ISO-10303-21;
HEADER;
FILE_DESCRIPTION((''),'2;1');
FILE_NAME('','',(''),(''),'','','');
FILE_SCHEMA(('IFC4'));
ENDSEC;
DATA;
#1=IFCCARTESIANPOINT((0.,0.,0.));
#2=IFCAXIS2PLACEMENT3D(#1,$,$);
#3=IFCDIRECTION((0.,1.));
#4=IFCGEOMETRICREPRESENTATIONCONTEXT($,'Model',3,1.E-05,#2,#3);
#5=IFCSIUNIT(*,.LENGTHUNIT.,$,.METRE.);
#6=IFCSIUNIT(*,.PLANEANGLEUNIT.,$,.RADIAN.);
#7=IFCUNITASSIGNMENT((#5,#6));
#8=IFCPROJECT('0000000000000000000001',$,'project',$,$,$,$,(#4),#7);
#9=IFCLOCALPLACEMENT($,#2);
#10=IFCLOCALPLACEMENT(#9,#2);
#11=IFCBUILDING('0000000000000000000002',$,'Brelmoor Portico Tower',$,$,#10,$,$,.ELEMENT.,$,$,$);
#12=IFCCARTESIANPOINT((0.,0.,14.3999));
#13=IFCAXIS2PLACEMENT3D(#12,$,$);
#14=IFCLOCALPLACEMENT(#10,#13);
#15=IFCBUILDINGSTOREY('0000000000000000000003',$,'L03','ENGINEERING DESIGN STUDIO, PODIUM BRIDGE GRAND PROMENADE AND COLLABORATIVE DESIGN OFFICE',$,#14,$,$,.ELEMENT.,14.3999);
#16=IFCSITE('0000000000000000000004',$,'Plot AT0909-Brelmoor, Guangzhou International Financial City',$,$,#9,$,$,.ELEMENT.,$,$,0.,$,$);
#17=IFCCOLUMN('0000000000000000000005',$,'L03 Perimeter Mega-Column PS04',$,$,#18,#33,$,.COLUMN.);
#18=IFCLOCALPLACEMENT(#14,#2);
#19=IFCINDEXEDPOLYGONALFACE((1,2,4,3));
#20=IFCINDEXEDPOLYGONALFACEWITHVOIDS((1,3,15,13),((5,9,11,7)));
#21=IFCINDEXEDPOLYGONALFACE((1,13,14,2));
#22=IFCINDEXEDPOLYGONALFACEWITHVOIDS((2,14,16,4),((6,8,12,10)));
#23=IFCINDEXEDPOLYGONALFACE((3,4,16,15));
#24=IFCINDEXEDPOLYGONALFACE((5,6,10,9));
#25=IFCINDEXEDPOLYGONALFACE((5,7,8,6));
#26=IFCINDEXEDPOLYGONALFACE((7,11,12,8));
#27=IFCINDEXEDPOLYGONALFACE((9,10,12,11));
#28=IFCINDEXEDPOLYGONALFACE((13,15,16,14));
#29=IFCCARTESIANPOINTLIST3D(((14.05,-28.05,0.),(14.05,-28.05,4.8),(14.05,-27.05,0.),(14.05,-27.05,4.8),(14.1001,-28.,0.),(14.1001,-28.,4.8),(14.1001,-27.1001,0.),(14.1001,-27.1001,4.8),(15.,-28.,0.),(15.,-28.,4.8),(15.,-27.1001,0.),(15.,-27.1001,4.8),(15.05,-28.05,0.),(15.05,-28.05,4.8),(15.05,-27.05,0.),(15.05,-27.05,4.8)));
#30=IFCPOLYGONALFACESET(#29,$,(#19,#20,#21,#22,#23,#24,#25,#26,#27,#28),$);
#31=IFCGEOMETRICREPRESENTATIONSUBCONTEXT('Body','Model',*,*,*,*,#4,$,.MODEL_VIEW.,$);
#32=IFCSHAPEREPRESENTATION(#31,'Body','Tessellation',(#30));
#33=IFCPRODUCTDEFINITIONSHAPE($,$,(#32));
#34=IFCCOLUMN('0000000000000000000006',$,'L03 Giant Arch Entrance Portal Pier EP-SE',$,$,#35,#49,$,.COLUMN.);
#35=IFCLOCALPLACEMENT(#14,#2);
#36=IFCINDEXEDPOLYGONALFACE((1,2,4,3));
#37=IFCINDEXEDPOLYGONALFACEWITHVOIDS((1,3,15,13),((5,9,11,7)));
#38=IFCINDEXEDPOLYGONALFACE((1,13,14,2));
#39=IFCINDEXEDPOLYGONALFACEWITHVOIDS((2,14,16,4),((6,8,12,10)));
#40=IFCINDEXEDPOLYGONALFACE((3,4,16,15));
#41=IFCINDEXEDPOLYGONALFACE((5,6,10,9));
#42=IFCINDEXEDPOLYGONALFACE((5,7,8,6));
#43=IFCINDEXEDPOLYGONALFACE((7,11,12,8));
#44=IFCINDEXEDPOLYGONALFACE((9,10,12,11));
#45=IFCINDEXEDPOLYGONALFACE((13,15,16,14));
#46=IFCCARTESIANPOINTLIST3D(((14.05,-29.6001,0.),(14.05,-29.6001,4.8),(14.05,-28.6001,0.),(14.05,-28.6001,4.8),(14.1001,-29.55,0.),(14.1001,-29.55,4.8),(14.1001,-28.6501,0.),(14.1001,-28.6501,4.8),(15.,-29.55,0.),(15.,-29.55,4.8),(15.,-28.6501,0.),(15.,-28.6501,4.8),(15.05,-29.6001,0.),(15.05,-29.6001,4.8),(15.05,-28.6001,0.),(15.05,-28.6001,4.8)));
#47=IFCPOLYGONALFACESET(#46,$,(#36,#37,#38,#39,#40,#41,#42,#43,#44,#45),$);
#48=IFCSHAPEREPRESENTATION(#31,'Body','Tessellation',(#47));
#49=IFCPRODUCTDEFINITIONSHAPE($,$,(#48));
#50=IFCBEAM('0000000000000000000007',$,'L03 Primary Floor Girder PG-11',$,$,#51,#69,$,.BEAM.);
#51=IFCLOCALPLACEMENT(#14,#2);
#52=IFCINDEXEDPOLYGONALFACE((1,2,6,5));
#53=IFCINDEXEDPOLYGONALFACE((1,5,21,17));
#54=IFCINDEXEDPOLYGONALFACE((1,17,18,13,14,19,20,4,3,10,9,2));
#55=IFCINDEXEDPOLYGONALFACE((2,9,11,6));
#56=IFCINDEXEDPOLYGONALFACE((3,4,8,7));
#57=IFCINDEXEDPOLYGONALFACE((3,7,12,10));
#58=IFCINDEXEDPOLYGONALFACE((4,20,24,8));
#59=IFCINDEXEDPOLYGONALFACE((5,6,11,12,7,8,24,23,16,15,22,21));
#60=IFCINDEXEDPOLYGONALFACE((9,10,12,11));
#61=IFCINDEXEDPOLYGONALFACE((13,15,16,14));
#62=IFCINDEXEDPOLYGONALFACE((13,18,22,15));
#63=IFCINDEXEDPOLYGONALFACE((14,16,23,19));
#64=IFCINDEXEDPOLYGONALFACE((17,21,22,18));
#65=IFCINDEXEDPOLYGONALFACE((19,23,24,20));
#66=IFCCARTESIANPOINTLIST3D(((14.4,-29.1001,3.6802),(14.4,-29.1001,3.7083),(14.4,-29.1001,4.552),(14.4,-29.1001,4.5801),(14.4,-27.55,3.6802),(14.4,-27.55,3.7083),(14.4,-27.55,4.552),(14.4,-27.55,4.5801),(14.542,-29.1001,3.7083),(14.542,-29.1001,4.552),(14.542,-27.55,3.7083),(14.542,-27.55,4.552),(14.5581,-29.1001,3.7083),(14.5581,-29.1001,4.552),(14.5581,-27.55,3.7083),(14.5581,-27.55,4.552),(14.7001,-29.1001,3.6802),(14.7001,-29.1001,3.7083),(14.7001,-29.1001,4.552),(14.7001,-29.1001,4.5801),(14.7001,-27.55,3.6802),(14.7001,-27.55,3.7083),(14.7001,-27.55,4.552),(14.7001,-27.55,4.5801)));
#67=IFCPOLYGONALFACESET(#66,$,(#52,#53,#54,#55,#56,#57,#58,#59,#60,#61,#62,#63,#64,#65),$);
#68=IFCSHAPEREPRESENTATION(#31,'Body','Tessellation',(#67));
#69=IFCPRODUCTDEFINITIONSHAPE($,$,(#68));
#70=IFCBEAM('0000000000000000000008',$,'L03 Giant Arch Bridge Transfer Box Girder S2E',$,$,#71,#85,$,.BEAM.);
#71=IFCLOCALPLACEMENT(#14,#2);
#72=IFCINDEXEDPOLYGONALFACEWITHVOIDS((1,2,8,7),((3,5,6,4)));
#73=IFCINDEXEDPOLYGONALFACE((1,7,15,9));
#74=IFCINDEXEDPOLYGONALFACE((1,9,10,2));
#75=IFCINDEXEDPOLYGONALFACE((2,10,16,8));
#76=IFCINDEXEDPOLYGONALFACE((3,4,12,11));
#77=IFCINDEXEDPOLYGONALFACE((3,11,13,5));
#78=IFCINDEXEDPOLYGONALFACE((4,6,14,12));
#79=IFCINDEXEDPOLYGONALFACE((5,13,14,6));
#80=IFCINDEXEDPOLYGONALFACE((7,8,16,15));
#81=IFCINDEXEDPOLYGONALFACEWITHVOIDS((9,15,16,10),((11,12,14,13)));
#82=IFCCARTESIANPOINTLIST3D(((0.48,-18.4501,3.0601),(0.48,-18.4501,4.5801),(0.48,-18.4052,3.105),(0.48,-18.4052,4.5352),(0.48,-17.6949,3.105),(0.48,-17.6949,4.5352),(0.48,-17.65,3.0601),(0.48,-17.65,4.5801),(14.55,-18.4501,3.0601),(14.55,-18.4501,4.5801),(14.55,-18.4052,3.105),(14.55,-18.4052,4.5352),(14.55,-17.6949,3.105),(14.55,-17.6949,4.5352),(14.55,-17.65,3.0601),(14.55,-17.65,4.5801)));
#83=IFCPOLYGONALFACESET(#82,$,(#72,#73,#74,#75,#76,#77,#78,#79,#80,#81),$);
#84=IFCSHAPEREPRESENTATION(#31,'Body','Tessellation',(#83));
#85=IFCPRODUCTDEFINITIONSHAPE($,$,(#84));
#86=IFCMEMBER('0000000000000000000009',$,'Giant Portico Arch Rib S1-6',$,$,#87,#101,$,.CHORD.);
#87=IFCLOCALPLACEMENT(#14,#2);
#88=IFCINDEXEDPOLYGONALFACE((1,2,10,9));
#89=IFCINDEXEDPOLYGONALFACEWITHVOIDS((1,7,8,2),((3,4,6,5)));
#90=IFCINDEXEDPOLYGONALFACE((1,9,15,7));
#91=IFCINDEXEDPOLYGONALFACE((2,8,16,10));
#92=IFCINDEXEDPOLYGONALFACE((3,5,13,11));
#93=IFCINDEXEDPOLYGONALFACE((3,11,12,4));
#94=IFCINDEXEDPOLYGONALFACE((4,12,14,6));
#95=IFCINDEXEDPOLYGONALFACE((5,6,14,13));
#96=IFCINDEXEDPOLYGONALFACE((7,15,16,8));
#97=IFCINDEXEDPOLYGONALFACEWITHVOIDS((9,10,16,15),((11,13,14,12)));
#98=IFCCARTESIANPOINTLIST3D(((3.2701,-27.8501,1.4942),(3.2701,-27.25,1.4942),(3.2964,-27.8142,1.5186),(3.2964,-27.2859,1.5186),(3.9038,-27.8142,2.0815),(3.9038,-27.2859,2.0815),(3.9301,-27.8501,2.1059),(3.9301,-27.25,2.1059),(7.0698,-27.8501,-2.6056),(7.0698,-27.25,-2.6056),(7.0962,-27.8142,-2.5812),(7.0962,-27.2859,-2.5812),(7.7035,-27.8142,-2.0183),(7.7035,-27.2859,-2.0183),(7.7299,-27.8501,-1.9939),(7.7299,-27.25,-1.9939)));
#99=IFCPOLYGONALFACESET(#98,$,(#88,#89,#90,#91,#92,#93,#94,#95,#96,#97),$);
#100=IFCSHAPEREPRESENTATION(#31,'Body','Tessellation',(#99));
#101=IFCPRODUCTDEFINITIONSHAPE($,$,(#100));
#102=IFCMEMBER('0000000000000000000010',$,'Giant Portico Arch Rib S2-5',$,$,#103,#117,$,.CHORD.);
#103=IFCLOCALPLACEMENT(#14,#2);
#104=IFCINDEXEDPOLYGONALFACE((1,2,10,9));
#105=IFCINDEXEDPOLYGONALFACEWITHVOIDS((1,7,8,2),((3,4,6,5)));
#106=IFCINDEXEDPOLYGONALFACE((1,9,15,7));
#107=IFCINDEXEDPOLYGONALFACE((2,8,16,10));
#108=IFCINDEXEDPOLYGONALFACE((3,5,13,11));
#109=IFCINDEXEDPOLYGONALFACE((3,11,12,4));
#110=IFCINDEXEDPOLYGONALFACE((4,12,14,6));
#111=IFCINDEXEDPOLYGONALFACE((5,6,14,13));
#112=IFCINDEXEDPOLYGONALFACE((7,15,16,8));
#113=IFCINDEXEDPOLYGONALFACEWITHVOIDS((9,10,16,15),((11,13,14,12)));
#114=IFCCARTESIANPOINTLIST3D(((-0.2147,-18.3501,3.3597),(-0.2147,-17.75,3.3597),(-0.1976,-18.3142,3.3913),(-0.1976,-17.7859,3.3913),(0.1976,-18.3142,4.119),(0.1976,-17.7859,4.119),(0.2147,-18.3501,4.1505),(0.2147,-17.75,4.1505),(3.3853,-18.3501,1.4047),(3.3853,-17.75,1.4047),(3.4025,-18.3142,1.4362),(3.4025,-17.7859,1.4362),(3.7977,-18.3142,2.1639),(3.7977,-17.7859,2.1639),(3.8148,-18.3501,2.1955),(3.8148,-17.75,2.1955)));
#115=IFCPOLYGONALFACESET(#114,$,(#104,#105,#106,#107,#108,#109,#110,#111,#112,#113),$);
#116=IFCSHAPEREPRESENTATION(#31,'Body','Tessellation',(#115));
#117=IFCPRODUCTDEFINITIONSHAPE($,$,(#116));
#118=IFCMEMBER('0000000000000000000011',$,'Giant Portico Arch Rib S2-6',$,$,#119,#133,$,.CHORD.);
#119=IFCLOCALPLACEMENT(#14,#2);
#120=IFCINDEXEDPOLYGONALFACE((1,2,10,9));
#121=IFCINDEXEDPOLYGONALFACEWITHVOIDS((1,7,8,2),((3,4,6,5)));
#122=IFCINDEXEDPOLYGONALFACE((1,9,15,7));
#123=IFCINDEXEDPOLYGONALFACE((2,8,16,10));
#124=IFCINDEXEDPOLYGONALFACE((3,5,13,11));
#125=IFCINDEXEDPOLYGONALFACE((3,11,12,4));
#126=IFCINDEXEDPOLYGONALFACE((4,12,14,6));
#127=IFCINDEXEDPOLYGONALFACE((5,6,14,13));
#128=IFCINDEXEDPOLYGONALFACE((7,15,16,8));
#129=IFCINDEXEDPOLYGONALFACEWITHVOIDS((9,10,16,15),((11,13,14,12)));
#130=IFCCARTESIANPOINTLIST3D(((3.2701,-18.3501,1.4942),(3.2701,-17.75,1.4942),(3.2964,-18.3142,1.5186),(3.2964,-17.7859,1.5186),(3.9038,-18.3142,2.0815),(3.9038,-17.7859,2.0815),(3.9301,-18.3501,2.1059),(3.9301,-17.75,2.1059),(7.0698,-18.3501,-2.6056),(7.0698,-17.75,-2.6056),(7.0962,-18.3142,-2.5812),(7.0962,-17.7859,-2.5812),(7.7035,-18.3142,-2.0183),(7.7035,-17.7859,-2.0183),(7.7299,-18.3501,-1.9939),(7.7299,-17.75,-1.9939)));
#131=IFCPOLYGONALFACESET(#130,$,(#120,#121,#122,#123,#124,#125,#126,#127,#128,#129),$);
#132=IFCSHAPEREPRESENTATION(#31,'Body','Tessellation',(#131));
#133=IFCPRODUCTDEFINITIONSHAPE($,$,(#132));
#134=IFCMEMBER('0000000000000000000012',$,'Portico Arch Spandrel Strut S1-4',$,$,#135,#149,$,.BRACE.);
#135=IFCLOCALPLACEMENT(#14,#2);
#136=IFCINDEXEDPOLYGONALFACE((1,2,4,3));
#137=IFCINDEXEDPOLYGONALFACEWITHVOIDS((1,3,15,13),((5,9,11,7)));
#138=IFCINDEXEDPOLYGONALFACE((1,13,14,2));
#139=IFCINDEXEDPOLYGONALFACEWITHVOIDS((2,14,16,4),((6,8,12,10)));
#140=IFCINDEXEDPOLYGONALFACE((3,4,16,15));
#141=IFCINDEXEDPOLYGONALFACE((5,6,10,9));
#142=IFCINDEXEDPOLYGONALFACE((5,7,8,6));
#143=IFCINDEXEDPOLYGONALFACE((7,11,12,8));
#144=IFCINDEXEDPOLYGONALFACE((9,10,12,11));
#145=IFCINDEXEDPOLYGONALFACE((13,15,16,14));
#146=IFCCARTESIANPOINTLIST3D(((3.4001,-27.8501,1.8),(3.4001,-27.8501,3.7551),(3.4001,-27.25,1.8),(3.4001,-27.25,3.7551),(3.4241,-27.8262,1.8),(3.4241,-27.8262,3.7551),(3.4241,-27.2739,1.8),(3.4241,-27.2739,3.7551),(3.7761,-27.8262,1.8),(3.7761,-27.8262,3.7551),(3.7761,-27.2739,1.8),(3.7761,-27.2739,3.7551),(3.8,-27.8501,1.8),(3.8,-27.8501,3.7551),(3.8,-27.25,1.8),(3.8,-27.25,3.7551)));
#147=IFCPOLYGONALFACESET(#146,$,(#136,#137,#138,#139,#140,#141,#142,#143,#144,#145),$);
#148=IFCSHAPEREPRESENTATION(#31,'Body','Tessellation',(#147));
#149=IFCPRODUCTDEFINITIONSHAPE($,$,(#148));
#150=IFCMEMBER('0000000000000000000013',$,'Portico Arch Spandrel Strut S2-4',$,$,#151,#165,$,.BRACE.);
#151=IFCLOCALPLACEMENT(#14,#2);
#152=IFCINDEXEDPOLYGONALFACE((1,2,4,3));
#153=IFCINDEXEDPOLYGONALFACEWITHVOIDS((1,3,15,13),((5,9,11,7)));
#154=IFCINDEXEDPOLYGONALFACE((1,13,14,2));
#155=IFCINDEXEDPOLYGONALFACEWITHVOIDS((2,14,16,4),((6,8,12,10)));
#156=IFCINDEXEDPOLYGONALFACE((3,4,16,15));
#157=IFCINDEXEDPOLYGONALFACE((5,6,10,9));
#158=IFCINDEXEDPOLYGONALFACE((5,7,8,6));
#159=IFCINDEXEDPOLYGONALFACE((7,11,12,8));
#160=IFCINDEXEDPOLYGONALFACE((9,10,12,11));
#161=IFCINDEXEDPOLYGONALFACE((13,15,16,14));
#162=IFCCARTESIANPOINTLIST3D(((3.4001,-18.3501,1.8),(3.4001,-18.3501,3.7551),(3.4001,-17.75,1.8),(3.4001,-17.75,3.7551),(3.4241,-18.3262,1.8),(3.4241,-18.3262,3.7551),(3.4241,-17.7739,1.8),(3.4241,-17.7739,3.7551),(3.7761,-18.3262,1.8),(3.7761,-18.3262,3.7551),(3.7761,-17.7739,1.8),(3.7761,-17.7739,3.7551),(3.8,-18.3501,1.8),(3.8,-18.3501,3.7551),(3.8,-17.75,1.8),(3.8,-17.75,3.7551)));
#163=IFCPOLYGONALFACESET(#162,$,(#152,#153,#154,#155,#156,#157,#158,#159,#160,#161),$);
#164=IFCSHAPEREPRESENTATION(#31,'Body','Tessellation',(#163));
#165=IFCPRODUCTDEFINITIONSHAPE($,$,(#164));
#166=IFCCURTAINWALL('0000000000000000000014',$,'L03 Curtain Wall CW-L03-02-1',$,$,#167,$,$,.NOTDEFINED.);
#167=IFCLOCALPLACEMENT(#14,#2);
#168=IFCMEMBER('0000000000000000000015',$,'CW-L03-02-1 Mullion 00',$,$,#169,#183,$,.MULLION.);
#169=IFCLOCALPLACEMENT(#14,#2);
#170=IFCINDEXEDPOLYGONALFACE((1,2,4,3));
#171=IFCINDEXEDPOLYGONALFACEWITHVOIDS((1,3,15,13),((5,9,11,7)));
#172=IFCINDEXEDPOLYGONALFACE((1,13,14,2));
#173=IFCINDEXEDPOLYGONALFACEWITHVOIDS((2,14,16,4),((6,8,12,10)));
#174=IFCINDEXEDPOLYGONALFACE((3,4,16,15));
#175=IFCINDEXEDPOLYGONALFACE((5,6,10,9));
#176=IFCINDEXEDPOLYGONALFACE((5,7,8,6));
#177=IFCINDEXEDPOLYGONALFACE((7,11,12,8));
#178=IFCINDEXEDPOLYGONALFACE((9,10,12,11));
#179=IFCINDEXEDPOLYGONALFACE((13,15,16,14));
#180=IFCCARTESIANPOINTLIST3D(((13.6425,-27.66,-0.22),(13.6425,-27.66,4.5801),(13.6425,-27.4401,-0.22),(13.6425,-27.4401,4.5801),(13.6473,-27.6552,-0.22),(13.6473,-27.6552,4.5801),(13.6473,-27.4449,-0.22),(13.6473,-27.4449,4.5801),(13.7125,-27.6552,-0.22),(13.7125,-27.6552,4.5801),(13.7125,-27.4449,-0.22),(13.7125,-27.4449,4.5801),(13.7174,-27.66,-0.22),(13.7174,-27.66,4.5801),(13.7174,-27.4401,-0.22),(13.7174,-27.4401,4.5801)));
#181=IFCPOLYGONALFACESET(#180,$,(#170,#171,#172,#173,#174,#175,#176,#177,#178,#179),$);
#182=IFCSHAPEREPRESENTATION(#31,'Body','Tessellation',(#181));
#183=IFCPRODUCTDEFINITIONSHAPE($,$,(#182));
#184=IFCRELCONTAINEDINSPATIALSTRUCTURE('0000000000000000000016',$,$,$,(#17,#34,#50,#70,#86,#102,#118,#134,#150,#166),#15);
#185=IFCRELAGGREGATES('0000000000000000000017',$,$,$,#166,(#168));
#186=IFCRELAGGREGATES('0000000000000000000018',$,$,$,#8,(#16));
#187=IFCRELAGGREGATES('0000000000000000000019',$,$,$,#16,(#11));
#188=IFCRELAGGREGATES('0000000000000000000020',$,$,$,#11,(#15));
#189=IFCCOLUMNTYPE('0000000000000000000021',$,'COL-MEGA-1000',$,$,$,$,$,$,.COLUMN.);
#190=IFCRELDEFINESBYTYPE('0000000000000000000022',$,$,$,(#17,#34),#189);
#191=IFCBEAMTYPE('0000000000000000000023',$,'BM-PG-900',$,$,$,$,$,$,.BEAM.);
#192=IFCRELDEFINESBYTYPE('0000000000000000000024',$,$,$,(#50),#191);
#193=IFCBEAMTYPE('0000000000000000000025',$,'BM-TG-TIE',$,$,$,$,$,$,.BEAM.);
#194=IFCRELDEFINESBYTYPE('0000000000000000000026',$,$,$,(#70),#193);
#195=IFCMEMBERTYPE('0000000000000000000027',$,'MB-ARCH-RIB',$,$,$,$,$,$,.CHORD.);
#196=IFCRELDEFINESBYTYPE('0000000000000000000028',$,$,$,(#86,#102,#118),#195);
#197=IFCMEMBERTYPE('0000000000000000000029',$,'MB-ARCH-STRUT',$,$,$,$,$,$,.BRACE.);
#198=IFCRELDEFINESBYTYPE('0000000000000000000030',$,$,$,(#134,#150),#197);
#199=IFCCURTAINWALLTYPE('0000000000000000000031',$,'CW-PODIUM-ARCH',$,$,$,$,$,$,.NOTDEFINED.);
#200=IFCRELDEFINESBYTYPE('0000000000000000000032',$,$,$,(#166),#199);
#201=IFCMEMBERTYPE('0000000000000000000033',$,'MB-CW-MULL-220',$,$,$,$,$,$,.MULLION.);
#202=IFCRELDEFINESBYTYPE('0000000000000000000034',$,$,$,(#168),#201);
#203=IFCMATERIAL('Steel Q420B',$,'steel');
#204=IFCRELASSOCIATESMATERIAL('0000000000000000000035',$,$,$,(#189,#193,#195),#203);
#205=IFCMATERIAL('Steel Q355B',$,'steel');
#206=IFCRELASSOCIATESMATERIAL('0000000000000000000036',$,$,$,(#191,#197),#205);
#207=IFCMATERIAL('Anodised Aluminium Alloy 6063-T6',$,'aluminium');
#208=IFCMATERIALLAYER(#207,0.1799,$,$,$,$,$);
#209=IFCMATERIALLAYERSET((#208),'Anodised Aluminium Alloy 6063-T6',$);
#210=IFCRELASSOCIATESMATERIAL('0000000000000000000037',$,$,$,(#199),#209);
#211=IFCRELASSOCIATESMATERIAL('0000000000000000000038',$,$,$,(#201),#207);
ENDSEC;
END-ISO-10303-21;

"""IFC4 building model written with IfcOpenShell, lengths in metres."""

from ifc_helpers import new_model, si_unit, direction, frame, origin, origin_2d, place, context, subcontext, project, spatial, hollow_rectangle, i_section, extrude, material, layer, layer_set, material_profile, profile_set, type_object, element, aggregate, save


model = new_model("IFC4")

# Units and contexts
model_context = context("Model", 3, precision=1e-05, world=origin(), true_north=direction((0.0, 1.0)))
body_context = subcontext(model_context, "Body", "Model", "MODEL_VIEW")
ifc_project = project(units=[si_unit("LENGTHUNIT", "METRE"), si_unit("PLANEANGLEUNIT", "RADIAN")], contexts=[model_context])

# Site, building, storey
site_placement = place(None, origin())
site = spatial("IfcSite", under=ifc_project, at=site_placement, Name="Plot AT0909-Brelmoor, Guangzhou International Financial City", CompositionType="ELEMENT", RefElevation=0.0)
building_placement = place(site_placement, origin())
building = spatial("IfcBuilding", under=site, at=building_placement, Name="Brelmoor Portico Tower", CompositionType="ELEMENT")
storey_placement = place(building_placement, frame((0.0, 0.0, 14.3999)))
storey = spatial("IfcBuildingStorey", under=building, at=storey_placement, Name="L03", Description="ENGINEERING DESIGN STUDIO, PODIUM BRIDGE GRAND PROMENADE AND COLLABORATIVE DESIGN OFFICE", CompositionType="ELEMENT", Elevation=14.3999)

# Columns
ifc_material_1 = material(Name="Steel Q420B", Category="steel")
ifc_material_profile_1 = material_profile(ifc_material_1, hollow_rectangle(XDim=1.0, YDim=1.0, WallThickness=0.05, at=origin_2d()), Name="BOX 1000x1000x50")
ifc_profile_set_1 = profile_set([ifc_material_profile_1], Name="Steel Q420B")
column_type = type_object("IfcColumnType", Name="COL-MEGA-1000", PredefinedType="COLUMN", material=ifc_profile_set_1)
for number, where, z_axis, x_axis, name in (
    (1, (14.55, -27.55, 0.0), (0.0, 0.0, 1.0), (1.0, 0.0, 0.0), "L03 Perimeter Mega-Column PS04"),
    (2, (14.55, -29.1001, 0.0), (0.0, 0.0, 1.0), (1.0, 0.0, 0.0), "L03 Giant Arch Entrance Portal Pier EP-SE"),
):
    element("IfcColumn", number, at=place(storey_placement, frame(where, z_axis=z_axis, x_axis=x_axis)), inside=storey, type_object=column_type, Name=name, PredefinedType="COLUMN", context=body_context, shape_type="SweptSolid", body=[
        extrude(hollow_rectangle(XDim=1.0, YDim=1.0, WallThickness=0.05, at=origin_2d()), origin(), (0.0, 0.0, 1.0), 4.8),
    ])

# Beams
ifc_material_2 = material(Name="Steel Q355B", Category="steel")
ifc_material_profile_2 = material_profile(ifc_material_2, i_section(OverallWidth=0.3, OverallDepth=0.8999, WebThickness=0.0161, FlangeThickness=0.0281, at=origin_2d()), Name="HN 900x300x16x28")
ifc_profile_set_2 = profile_set([ifc_material_profile_2], Name="Steel Q355B")
beam_type_1 = type_object("IfcBeamType", Name="BM-PG-900", PredefinedType="BEAM", material=ifc_profile_set_2)
beam_1_placement = place(storey_placement, frame((14.55, -29.1001, 4.1301), z_axis=(0.0, 1.0, 0.0), x_axis=(-1.0, 0.0, 0.0)))
element("IfcBeam", 3, at=beam_1_placement, inside=storey, type_object=beam_type_1, Name="L03 Primary Floor Girder PG-11", PredefinedType="BEAM", context=body_context, shape_type="SweptSolid", body=[
    extrude(i_section(OverallWidth=0.3, OverallDepth=0.8999, WebThickness=0.0161, FlangeThickness=0.0281, at=origin_2d()), origin(), (0.0, 0.0, 1.0), 1.55),
])
ifc_material_profile_3 = material_profile(ifc_material_1, hollow_rectangle(XDim=0.8, YDim=1.52, WallThickness=0.0449, at=origin_2d()), Name="BOX 800x1520x45")
ifc_profile_set_3 = profile_set([ifc_material_profile_3], Name="Steel Q420B")
beam_type_2 = type_object("IfcBeamType", Name="BM-TG-TIE", PredefinedType="BEAM", material=ifc_profile_set_3)
beam_2_placement = place(storey_placement, frame((0.48, -18.05, 3.8201), z_axis=(1.0, 0.0, 0.0), x_axis=(0.0, 1.0, 0.0)))
element("IfcBeam", 4, at=beam_2_placement, inside=storey, type_object=beam_type_2, Name="L03 Giant Arch Bridge Transfer Box Girder S2E", PredefinedType="BEAM", context=body_context, shape_type="SweptSolid", body=[
    extrude(hollow_rectangle(XDim=0.8, YDim=1.52, WallThickness=0.0449, at=origin_2d()), origin(), (0.0, 0.0, 1.0), 14.0701),
])

# Members
ifc_material_profile_4 = material_profile(ifc_material_1, hollow_rectangle(XDim=0.6001, YDim=0.8999, WallThickness=0.0359, at=origin_2d()), Name="RHS 600x900x36")
ifc_profile_set_4 = profile_set([ifc_material_profile_4], Name="Steel Q420B")
member_type_1 = type_object("IfcMemberType", Name="MB-ARCH-RIB", PredefinedType="CHORD", material=ifc_profile_set_4)
member_1_placement = place(storey_placement, frame((3.6001, -27.55, 1.8), z_axis=(0.679759, 0.0, -0.733436), x_axis=(0.0, 1.0, 0.0)))
element("IfcMember", 5, at=member_1_placement, inside=storey, type_object=member_type_1, Name="Giant Portico Arch Rib S1-6", PredefinedType="CHORD", context=body_context, shape_type="SweptSolid", body=[
    extrude(hollow_rectangle(XDim=0.6001, YDim=0.8999, WallThickness=0.0359, at=origin_2d()), origin(), (0.0, 0.0, 1.0), 5.5898),
])
member_2_placement = place(storey_placement, frame((0.0, -18.05, 3.7551), z_axis=(0.878778, 0.0, -0.477231), x_axis=(0.0, 1.0, 0.0)))
element("IfcMember", 6, at=member_2_placement, inside=storey, type_object=member_type_1, Name="Giant Portico Arch Rib S2-5", PredefinedType="CHORD", context=body_context, shape_type="SweptSolid", body=[
    extrude(hollow_rectangle(XDim=0.6001, YDim=0.8999, WallThickness=0.0359, at=origin_2d()), origin(), (0.0, 0.0, 1.0), 4.0967),
])
member_3_placement = place(storey_placement, frame((3.6001, -18.05, 1.8), z_axis=(0.679759, 0.0, -0.733436), x_axis=(0.0, 1.0, 0.0)))
element("IfcMember", 7, at=member_3_placement, inside=storey, type_object=member_type_1, Name="Giant Portico Arch Rib S2-6", PredefinedType="CHORD", context=body_context, shape_type="SweptSolid", body=[
    extrude(hollow_rectangle(XDim=0.6001, YDim=0.8999, WallThickness=0.0359, at=origin_2d()), origin(), (0.0, 0.0, 1.0), 5.5898),
])
ifc_material_profile_5 = material_profile(ifc_material_2, hollow_rectangle(XDim=0.3999, YDim=0.6001, WallThickness=0.0239, at=origin_2d()), Name="RHS 400x600x24")
ifc_profile_set_5 = profile_set([ifc_material_profile_5], Name="Steel Q355B")
member_type_2 = type_object("IfcMemberType", Name="MB-ARCH-STRUT", PredefinedType="BRACE", material=ifc_profile_set_5)
for number, where, z_axis, x_axis, name in (
    (8, (3.6001, -27.55, 1.8), (0.0, 0.0, 1.0), (1.0, 0.0, 0.0), "Portico Arch Spandrel Strut S1-4"),
    (9, (3.6001, -18.05, 1.8), (0.0, 0.0, 1.0), (1.0, 0.0, 0.0), "Portico Arch Spandrel Strut S2-4"),
):
    element("IfcMember", number, at=place(storey_placement, frame(where, z_axis=z_axis, x_axis=x_axis)), inside=storey, type_object=member_type_2, Name=name, PredefinedType="BRACE", context=body_context, shape_type="SweptSolid", body=[
        extrude(hollow_rectangle(XDim=0.3999, YDim=0.6001, WallThickness=0.0239, at=origin_2d()), origin(), (0.0, 0.0, 1.0), 1.9551),
    ])

# Curtain wall, member
ifc_material_3 = material(Name="Anodised Aluminium Alloy 6063-T6", Category="aluminium")
ifc_layer_1 = layer(ifc_material_3, 0.1799)
ifc_layer_set_1 = layer_set([ifc_layer_1], Name="Anodised Aluminium Alloy 6063-T6")
curtain_wall_type = type_object("IfcCurtainWallType", Name="CW-PODIUM-ARCH", PredefinedType="NOTDEFINED", material=ifc_layer_set_1)
curtain_wall_1_placement = place(storey_placement, origin())
curtain_wall_1 = element("IfcCurtainWall", 10, at=curtain_wall_1_placement, inside=storey, type_object=curtain_wall_type, Name="L03 Curtain Wall CW-L03-02-1", PredefinedType="NOTDEFINED")
ifc_material_profile_6 = material_profile(ifc_material_3, hollow_rectangle(XDim=0.075, YDim=0.22, WallThickness=0.0049, at=origin_2d()), Name="ALU MULLION 75x220")
ifc_profile_set_6 = profile_set([ifc_material_profile_6], Name="Anodised Aluminium Alloy 6063-T6")
member_type_3 = type_object("IfcMemberType", Name="MB-CW-MULL-220", PredefinedType="MULLION", material=ifc_profile_set_6)
member_4_placement = place(storey_placement, frame((13.6799, -27.55, -0.22), z_axis=(0.0, 0.0, 1.0), x_axis=(1.0, 0.0, 0.0)))
member_4 = element("IfcMember", 11, at=member_4_placement, type_object=member_type_3, Name="CW-L03-02-1 Mullion 00", PredefinedType="MULLION", context=body_context, shape_type="SweptSolid", body=[
    extrude(hollow_rectangle(XDim=0.075, YDim=0.22, WallThickness=0.0049, at=origin_2d()), origin(), (0.0, 0.0, 1.0), 4.8),
])

aggregate(curtain_wall_1, [member_4])

save(model, "model.ifc")
